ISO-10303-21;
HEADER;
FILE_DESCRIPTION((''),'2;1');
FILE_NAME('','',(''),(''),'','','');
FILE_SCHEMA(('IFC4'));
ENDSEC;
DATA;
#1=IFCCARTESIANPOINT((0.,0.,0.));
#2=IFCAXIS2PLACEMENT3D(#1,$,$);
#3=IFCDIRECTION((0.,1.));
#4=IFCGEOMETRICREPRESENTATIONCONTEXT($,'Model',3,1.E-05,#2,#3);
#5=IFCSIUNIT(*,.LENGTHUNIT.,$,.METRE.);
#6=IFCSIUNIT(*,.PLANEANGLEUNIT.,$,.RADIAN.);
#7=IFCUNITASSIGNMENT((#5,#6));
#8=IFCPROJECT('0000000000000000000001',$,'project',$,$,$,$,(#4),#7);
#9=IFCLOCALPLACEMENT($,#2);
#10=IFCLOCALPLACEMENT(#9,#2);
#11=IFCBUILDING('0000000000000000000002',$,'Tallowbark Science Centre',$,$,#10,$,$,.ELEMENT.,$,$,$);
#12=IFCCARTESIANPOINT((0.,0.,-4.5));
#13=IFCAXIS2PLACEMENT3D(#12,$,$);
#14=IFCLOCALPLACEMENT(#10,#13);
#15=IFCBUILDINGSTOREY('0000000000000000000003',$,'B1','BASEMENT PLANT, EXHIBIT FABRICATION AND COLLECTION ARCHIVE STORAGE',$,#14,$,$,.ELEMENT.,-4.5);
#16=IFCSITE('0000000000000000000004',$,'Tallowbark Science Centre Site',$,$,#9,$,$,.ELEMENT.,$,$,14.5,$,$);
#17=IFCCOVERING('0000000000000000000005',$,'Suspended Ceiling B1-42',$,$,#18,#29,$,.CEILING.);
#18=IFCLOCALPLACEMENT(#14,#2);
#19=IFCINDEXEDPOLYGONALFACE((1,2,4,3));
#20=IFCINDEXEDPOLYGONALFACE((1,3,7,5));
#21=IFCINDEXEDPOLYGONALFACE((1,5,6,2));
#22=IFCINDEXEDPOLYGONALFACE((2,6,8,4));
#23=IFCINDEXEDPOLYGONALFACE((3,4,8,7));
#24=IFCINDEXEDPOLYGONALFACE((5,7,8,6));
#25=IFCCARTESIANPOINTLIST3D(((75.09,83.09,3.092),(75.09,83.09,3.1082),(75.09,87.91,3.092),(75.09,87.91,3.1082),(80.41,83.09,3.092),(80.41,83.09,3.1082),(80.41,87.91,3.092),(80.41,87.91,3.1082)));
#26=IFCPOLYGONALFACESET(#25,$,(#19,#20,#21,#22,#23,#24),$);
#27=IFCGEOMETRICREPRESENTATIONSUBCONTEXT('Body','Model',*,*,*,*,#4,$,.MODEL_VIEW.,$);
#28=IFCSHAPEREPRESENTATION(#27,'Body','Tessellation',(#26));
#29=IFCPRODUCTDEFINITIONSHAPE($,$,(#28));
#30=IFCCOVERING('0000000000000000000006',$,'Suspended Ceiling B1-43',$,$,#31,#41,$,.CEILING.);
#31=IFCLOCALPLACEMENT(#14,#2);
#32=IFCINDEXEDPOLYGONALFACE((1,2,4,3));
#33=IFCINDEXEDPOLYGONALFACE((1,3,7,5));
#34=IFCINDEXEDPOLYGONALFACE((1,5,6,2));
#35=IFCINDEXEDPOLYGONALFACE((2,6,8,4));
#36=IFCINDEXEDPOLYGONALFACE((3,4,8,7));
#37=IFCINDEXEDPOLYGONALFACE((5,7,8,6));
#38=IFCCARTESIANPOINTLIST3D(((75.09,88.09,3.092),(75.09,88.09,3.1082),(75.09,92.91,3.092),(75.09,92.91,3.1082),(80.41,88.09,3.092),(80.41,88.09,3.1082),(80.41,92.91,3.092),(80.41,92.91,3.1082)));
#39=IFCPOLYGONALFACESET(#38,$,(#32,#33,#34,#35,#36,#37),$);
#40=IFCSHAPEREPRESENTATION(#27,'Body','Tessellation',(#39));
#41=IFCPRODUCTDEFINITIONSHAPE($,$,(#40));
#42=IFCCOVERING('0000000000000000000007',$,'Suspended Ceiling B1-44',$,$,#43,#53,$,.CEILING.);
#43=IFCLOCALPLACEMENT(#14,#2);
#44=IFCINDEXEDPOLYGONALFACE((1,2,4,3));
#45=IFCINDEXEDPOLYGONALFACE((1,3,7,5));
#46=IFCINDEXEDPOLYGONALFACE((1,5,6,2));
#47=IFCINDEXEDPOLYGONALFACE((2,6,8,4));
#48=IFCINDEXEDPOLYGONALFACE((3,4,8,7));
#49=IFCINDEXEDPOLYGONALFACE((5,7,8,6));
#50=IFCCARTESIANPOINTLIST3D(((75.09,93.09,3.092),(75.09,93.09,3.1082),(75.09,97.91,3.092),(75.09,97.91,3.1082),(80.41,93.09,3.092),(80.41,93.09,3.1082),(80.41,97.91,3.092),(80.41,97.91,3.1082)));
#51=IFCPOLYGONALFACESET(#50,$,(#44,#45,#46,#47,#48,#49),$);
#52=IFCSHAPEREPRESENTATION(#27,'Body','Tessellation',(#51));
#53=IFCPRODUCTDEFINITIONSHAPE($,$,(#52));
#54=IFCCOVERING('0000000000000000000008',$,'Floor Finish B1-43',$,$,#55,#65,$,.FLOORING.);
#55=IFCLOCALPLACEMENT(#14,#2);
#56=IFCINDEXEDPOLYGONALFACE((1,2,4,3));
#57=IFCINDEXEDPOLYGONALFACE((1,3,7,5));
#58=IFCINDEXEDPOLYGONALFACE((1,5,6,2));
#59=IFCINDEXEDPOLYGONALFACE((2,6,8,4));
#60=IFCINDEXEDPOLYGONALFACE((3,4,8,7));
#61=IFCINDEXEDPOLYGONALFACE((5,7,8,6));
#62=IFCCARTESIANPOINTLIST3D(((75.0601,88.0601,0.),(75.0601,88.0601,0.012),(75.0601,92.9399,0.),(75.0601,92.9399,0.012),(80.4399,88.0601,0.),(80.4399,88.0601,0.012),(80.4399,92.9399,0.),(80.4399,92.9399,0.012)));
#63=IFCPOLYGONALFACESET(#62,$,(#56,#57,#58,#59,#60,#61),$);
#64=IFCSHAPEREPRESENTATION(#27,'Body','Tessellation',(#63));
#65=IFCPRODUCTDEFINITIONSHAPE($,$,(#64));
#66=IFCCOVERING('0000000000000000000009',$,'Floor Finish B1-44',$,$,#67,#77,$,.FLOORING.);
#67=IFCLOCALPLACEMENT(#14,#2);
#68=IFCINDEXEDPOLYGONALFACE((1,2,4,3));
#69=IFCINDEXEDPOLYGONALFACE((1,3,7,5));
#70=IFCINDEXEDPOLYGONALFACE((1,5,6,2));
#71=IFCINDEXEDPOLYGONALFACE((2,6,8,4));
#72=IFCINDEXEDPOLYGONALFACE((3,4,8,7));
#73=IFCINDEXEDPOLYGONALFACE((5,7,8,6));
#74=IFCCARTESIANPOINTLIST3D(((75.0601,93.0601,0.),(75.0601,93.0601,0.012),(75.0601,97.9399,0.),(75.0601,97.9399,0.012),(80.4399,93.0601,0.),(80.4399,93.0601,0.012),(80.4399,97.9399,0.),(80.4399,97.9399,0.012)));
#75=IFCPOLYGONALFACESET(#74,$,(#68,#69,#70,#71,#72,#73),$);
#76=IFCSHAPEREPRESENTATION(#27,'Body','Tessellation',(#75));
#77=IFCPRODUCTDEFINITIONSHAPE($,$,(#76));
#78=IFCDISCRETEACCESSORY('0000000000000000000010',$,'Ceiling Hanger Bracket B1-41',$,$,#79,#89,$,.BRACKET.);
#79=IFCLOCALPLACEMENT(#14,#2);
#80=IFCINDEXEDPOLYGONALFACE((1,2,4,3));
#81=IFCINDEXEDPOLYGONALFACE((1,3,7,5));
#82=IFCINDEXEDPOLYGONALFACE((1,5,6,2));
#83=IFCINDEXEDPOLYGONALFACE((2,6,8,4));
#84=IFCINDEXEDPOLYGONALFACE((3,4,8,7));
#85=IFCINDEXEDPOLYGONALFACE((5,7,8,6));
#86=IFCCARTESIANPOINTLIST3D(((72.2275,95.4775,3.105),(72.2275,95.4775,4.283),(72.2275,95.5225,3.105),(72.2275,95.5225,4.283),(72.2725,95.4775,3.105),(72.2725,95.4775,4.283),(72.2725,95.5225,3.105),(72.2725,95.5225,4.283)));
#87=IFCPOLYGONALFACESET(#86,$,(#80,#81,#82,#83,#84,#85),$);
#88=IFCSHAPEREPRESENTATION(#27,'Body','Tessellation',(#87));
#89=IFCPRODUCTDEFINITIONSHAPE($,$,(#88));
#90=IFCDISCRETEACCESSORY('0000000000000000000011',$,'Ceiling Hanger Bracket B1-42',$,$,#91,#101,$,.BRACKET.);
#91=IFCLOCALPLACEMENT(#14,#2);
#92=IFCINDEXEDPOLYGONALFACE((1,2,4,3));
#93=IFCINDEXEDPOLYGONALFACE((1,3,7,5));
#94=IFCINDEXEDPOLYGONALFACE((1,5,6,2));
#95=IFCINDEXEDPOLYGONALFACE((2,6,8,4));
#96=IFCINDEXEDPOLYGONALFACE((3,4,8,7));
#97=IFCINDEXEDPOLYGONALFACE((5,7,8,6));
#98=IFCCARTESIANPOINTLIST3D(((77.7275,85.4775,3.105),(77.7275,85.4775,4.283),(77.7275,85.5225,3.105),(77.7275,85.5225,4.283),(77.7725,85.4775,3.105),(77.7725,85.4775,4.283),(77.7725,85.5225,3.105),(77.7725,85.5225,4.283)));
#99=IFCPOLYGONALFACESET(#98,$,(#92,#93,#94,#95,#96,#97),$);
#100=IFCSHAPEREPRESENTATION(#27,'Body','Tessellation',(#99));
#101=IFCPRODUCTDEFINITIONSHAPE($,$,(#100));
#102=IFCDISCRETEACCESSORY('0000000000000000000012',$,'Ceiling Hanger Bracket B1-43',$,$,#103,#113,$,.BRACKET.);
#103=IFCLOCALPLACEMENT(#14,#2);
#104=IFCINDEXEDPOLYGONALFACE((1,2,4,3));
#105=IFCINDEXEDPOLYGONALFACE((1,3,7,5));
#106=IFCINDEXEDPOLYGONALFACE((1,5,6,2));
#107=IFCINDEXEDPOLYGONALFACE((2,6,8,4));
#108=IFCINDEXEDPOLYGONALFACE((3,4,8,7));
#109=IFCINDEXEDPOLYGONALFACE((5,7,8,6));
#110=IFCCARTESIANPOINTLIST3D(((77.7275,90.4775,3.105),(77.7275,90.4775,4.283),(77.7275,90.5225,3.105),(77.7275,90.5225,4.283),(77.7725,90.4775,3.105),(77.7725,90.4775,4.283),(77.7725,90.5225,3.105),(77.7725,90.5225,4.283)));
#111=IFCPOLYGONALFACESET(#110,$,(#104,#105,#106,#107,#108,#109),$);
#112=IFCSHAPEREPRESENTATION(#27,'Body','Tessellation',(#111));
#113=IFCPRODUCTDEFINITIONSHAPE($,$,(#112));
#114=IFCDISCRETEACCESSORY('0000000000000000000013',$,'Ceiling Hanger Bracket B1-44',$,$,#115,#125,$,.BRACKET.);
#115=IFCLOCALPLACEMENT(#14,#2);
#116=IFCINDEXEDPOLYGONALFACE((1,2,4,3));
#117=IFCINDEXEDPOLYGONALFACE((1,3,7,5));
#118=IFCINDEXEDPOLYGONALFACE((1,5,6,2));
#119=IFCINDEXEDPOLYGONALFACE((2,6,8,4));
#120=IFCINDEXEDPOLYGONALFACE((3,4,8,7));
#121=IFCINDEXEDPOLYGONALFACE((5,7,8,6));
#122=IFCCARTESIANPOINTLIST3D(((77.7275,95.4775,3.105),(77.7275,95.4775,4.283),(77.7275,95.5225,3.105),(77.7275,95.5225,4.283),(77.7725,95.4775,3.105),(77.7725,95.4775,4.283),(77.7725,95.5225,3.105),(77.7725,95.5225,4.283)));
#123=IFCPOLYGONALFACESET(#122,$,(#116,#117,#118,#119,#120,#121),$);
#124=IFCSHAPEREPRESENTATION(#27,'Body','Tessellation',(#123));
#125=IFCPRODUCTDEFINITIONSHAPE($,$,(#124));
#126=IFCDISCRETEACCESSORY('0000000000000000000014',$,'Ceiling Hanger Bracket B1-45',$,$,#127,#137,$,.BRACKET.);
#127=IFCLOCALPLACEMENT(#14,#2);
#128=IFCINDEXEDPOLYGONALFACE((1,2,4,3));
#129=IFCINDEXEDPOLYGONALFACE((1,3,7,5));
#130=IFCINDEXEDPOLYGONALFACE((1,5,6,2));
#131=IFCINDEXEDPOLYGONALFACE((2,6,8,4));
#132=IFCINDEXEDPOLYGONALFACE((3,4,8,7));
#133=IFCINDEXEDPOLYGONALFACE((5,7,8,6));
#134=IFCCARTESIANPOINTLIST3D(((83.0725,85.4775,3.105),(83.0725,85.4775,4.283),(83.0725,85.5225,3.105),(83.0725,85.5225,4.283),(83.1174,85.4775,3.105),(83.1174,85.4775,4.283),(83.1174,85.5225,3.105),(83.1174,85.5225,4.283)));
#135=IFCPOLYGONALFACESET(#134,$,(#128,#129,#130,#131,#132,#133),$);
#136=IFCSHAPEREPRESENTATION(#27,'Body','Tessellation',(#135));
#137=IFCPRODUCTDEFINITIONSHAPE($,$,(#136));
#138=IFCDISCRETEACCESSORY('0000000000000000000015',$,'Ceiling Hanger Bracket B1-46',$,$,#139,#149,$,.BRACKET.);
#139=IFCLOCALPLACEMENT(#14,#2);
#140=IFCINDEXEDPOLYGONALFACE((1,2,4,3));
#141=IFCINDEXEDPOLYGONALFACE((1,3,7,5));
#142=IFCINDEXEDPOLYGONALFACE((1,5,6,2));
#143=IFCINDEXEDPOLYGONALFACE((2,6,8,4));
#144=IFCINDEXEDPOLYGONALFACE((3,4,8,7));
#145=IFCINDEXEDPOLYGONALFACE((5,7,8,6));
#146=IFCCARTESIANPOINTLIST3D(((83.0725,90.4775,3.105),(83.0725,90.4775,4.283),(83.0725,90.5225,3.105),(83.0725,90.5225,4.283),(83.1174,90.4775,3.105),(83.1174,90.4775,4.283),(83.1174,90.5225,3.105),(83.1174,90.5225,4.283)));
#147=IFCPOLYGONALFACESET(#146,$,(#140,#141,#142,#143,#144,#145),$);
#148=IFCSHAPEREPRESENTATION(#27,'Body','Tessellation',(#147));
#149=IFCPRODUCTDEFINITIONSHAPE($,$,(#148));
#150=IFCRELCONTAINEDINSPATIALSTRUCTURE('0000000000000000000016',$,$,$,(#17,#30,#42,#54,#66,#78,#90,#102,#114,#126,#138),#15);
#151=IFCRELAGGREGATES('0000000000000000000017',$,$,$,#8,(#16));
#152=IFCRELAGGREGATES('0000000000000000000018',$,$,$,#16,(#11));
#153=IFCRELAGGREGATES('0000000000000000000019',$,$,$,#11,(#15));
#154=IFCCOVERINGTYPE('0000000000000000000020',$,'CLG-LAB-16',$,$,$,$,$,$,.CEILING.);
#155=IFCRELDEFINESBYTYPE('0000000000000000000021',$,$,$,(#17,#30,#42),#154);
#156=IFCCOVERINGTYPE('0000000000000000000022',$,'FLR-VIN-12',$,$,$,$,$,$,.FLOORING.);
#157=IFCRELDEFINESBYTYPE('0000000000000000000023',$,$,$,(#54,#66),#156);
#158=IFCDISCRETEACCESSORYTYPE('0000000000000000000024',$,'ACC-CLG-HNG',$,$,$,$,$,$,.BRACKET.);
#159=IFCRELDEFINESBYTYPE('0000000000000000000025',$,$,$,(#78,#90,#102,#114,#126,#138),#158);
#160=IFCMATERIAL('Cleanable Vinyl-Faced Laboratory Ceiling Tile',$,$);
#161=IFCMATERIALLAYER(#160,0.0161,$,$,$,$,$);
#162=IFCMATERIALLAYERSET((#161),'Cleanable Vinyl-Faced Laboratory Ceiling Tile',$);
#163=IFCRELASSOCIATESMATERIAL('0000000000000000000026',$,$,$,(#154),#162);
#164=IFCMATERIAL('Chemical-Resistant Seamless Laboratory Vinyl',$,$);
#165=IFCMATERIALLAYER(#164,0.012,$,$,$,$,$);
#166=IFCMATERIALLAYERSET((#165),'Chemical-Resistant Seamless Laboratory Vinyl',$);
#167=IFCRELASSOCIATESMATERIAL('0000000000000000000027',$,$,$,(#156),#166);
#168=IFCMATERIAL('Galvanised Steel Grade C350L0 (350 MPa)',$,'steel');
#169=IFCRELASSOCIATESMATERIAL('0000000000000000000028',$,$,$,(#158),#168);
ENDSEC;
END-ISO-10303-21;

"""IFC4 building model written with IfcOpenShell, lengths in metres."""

from ifc_helpers import new_model, si_unit, direction, frame, origin, origin_2d, place, context, subcontext, project, spatial, rectangle, extrude, material, layer, layer_set, type_object, element, save


model = new_model("IFC4")

# Units and contexts
model_context = context("Model", 3, precision=1e-05, world=origin(), true_north=direction((0.0, 1.0)))
body_context = subcontext(model_context, "Body", "Model", "MODEL_VIEW")
ifc_project = project(units=[si_unit("LENGTHUNIT", "METRE"), si_unit("PLANEANGLEUNIT", "RADIAN")], contexts=[model_context])

# Site, building, storey
site_placement = place(None, origin())
site = spatial("IfcSite", under=ifc_project, at=site_placement, Name="Tallowbark Science Centre Site", CompositionType="ELEMENT", RefElevation=14.5)
building_placement = place(site_placement, origin())
building = spatial("IfcBuilding", under=site, at=building_placement, Name="Tallowbark Science Centre", CompositionType="ELEMENT")
storey_placement = place(building_placement, frame((0.0, 0.0, -4.5)))
storey = spatial("IfcBuildingStorey", under=building, at=storey_placement, Name="B1", Description="BASEMENT PLANT, EXHIBIT FABRICATION AND COLLECTION ARCHIVE STORAGE", CompositionType="ELEMENT", Elevation=-4.5)

# Coverings
ifc_material_1 = material(Name="Cleanable Vinyl-Faced Laboratory Ceiling Tile")
ifc_layer_1 = layer(ifc_material_1, 0.0161)
ifc_layer_set_1 = layer_set([ifc_layer_1], Name="Cleanable Vinyl-Faced Laboratory Ceiling Tile")
covering_type_1 = type_object("IfcCoveringType", Name="CLG-LAB-16", PredefinedType="CEILING", material=ifc_layer_set_1)
for number, where, z_axis, x_axis, name in (
    (1, (77.75, 85.5, 3.092), (0.0, 0.0, 1.0), (1.0, 0.0, 0.0), "Suspended Ceiling B1-42"),
    (2, (77.75, 90.5, 3.092), (0.0, 0.0, 1.0), (1.0, 0.0, 0.0), "Suspended Ceiling B1-43"),
    (3, (77.75, 95.5, 3.092), (0.0, 0.0, 1.0), (1.0, 0.0, 0.0), "Suspended Ceiling B1-44"),
):
    element("IfcCovering", number, at=place(storey_placement, frame(where, z_axis=z_axis, x_axis=x_axis)), inside=storey, type_object=covering_type_1, Name=name, PredefinedType="CEILING", context=body_context, shape_type="SweptSolid", body=[
        extrude(rectangle(XDim=5.3201, YDim=4.8201, at=origin_2d()), origin(), (0.0, 0.0, 1.0), 0.0161),
    ])
ifc_material_2 = material(Name="Chemical-Resistant Seamless Laboratory Vinyl")
ifc_layer_2 = layer(ifc_material_2, 0.012)
ifc_layer_set_2 = layer_set([ifc_layer_2], Name="Chemical-Resistant Seamless Laboratory Vinyl")
covering_type_2 = type_object("IfcCoveringType", Name="FLR-VIN-12", PredefinedType="FLOORING", material=ifc_layer_set_2)
for number, where, z_axis, x_axis, name in (
    (4, (77.75, 90.5, 0.0), (0.0, 0.0, 1.0), (1.0, 0.0, 0.0), "Floor Finish B1-43"),
    (5, (77.75, 95.5, 0.0), (0.0, 0.0, 1.0), (1.0, 0.0, 0.0), "Floor Finish B1-44"),
):
    element("IfcCovering", number, at=place(storey_placement, frame(where, z_axis=z_axis, x_axis=x_axis)), inside=storey, type_object=covering_type_2, Name=name, PredefinedType="FLOORING", context=body_context, shape_type="SweptSolid", body=[
        extrude(rectangle(XDim=5.3799, YDim=4.8799, at=origin_2d()), origin(), (0.0, 0.0, 1.0), 0.012),
    ])

# Discrete accessories
ifc_material_3 = material(Name="Galvanised Steel Grade C350L0 (350 MPa)", Category="steel")
discrete_accessory_type = type_object("IfcDiscreteAccessoryType", Name="ACC-CLG-HNG", PredefinedType="BRACKET", material=ifc_material_3)
for number, where, z_axis, x_axis, name in (
    (6, (72.25, 95.5, 3.105), (0.0, 0.0, 1.0), (1.0, 0.0, 0.0), "Ceiling Hanger Bracket B1-41"),
    (7, (77.75, 85.5, 3.105), (0.0, 0.0, 1.0), (1.0, 0.0, 0.0), "Ceiling Hanger Bracket B1-42"),
    (8, (77.75, 90.5, 3.105), (0.0, 0.0, 1.0), (1.0, 0.0, 0.0), "Ceiling Hanger Bracket B1-43"),
    (9, (77.75, 95.5, 3.105), (0.0, 0.0, 1.0), (1.0, 0.0, 0.0), "Ceiling Hanger Bracket B1-44"),
    (10, (83.095, 85.5, 3.105), (0.0, 0.0, 1.0), (1.0, 0.0, 0.0), "Ceiling Hanger Bracket B1-45"),
    (11, (83.095, 90.5, 3.105), (0.0, 0.0, 1.0), (1.0, 0.0, 0.0), "Ceiling Hanger Bracket B1-46"),
):
    element("IfcDiscreteAccessory", number, at=place(storey_placement, frame(where, z_axis=z_axis, x_axis=x_axis)), inside=storey, type_object=discrete_accessory_type, Name=name, PredefinedType="BRACKET", context=body_context, shape_type="SweptSolid", body=[
        extrude(rectangle(XDim=0.0449, YDim=0.0449, at=origin_2d()), origin(), (0.0, 0.0, 1.0), 1.178),
    ])

save(model, "model.ifc")
